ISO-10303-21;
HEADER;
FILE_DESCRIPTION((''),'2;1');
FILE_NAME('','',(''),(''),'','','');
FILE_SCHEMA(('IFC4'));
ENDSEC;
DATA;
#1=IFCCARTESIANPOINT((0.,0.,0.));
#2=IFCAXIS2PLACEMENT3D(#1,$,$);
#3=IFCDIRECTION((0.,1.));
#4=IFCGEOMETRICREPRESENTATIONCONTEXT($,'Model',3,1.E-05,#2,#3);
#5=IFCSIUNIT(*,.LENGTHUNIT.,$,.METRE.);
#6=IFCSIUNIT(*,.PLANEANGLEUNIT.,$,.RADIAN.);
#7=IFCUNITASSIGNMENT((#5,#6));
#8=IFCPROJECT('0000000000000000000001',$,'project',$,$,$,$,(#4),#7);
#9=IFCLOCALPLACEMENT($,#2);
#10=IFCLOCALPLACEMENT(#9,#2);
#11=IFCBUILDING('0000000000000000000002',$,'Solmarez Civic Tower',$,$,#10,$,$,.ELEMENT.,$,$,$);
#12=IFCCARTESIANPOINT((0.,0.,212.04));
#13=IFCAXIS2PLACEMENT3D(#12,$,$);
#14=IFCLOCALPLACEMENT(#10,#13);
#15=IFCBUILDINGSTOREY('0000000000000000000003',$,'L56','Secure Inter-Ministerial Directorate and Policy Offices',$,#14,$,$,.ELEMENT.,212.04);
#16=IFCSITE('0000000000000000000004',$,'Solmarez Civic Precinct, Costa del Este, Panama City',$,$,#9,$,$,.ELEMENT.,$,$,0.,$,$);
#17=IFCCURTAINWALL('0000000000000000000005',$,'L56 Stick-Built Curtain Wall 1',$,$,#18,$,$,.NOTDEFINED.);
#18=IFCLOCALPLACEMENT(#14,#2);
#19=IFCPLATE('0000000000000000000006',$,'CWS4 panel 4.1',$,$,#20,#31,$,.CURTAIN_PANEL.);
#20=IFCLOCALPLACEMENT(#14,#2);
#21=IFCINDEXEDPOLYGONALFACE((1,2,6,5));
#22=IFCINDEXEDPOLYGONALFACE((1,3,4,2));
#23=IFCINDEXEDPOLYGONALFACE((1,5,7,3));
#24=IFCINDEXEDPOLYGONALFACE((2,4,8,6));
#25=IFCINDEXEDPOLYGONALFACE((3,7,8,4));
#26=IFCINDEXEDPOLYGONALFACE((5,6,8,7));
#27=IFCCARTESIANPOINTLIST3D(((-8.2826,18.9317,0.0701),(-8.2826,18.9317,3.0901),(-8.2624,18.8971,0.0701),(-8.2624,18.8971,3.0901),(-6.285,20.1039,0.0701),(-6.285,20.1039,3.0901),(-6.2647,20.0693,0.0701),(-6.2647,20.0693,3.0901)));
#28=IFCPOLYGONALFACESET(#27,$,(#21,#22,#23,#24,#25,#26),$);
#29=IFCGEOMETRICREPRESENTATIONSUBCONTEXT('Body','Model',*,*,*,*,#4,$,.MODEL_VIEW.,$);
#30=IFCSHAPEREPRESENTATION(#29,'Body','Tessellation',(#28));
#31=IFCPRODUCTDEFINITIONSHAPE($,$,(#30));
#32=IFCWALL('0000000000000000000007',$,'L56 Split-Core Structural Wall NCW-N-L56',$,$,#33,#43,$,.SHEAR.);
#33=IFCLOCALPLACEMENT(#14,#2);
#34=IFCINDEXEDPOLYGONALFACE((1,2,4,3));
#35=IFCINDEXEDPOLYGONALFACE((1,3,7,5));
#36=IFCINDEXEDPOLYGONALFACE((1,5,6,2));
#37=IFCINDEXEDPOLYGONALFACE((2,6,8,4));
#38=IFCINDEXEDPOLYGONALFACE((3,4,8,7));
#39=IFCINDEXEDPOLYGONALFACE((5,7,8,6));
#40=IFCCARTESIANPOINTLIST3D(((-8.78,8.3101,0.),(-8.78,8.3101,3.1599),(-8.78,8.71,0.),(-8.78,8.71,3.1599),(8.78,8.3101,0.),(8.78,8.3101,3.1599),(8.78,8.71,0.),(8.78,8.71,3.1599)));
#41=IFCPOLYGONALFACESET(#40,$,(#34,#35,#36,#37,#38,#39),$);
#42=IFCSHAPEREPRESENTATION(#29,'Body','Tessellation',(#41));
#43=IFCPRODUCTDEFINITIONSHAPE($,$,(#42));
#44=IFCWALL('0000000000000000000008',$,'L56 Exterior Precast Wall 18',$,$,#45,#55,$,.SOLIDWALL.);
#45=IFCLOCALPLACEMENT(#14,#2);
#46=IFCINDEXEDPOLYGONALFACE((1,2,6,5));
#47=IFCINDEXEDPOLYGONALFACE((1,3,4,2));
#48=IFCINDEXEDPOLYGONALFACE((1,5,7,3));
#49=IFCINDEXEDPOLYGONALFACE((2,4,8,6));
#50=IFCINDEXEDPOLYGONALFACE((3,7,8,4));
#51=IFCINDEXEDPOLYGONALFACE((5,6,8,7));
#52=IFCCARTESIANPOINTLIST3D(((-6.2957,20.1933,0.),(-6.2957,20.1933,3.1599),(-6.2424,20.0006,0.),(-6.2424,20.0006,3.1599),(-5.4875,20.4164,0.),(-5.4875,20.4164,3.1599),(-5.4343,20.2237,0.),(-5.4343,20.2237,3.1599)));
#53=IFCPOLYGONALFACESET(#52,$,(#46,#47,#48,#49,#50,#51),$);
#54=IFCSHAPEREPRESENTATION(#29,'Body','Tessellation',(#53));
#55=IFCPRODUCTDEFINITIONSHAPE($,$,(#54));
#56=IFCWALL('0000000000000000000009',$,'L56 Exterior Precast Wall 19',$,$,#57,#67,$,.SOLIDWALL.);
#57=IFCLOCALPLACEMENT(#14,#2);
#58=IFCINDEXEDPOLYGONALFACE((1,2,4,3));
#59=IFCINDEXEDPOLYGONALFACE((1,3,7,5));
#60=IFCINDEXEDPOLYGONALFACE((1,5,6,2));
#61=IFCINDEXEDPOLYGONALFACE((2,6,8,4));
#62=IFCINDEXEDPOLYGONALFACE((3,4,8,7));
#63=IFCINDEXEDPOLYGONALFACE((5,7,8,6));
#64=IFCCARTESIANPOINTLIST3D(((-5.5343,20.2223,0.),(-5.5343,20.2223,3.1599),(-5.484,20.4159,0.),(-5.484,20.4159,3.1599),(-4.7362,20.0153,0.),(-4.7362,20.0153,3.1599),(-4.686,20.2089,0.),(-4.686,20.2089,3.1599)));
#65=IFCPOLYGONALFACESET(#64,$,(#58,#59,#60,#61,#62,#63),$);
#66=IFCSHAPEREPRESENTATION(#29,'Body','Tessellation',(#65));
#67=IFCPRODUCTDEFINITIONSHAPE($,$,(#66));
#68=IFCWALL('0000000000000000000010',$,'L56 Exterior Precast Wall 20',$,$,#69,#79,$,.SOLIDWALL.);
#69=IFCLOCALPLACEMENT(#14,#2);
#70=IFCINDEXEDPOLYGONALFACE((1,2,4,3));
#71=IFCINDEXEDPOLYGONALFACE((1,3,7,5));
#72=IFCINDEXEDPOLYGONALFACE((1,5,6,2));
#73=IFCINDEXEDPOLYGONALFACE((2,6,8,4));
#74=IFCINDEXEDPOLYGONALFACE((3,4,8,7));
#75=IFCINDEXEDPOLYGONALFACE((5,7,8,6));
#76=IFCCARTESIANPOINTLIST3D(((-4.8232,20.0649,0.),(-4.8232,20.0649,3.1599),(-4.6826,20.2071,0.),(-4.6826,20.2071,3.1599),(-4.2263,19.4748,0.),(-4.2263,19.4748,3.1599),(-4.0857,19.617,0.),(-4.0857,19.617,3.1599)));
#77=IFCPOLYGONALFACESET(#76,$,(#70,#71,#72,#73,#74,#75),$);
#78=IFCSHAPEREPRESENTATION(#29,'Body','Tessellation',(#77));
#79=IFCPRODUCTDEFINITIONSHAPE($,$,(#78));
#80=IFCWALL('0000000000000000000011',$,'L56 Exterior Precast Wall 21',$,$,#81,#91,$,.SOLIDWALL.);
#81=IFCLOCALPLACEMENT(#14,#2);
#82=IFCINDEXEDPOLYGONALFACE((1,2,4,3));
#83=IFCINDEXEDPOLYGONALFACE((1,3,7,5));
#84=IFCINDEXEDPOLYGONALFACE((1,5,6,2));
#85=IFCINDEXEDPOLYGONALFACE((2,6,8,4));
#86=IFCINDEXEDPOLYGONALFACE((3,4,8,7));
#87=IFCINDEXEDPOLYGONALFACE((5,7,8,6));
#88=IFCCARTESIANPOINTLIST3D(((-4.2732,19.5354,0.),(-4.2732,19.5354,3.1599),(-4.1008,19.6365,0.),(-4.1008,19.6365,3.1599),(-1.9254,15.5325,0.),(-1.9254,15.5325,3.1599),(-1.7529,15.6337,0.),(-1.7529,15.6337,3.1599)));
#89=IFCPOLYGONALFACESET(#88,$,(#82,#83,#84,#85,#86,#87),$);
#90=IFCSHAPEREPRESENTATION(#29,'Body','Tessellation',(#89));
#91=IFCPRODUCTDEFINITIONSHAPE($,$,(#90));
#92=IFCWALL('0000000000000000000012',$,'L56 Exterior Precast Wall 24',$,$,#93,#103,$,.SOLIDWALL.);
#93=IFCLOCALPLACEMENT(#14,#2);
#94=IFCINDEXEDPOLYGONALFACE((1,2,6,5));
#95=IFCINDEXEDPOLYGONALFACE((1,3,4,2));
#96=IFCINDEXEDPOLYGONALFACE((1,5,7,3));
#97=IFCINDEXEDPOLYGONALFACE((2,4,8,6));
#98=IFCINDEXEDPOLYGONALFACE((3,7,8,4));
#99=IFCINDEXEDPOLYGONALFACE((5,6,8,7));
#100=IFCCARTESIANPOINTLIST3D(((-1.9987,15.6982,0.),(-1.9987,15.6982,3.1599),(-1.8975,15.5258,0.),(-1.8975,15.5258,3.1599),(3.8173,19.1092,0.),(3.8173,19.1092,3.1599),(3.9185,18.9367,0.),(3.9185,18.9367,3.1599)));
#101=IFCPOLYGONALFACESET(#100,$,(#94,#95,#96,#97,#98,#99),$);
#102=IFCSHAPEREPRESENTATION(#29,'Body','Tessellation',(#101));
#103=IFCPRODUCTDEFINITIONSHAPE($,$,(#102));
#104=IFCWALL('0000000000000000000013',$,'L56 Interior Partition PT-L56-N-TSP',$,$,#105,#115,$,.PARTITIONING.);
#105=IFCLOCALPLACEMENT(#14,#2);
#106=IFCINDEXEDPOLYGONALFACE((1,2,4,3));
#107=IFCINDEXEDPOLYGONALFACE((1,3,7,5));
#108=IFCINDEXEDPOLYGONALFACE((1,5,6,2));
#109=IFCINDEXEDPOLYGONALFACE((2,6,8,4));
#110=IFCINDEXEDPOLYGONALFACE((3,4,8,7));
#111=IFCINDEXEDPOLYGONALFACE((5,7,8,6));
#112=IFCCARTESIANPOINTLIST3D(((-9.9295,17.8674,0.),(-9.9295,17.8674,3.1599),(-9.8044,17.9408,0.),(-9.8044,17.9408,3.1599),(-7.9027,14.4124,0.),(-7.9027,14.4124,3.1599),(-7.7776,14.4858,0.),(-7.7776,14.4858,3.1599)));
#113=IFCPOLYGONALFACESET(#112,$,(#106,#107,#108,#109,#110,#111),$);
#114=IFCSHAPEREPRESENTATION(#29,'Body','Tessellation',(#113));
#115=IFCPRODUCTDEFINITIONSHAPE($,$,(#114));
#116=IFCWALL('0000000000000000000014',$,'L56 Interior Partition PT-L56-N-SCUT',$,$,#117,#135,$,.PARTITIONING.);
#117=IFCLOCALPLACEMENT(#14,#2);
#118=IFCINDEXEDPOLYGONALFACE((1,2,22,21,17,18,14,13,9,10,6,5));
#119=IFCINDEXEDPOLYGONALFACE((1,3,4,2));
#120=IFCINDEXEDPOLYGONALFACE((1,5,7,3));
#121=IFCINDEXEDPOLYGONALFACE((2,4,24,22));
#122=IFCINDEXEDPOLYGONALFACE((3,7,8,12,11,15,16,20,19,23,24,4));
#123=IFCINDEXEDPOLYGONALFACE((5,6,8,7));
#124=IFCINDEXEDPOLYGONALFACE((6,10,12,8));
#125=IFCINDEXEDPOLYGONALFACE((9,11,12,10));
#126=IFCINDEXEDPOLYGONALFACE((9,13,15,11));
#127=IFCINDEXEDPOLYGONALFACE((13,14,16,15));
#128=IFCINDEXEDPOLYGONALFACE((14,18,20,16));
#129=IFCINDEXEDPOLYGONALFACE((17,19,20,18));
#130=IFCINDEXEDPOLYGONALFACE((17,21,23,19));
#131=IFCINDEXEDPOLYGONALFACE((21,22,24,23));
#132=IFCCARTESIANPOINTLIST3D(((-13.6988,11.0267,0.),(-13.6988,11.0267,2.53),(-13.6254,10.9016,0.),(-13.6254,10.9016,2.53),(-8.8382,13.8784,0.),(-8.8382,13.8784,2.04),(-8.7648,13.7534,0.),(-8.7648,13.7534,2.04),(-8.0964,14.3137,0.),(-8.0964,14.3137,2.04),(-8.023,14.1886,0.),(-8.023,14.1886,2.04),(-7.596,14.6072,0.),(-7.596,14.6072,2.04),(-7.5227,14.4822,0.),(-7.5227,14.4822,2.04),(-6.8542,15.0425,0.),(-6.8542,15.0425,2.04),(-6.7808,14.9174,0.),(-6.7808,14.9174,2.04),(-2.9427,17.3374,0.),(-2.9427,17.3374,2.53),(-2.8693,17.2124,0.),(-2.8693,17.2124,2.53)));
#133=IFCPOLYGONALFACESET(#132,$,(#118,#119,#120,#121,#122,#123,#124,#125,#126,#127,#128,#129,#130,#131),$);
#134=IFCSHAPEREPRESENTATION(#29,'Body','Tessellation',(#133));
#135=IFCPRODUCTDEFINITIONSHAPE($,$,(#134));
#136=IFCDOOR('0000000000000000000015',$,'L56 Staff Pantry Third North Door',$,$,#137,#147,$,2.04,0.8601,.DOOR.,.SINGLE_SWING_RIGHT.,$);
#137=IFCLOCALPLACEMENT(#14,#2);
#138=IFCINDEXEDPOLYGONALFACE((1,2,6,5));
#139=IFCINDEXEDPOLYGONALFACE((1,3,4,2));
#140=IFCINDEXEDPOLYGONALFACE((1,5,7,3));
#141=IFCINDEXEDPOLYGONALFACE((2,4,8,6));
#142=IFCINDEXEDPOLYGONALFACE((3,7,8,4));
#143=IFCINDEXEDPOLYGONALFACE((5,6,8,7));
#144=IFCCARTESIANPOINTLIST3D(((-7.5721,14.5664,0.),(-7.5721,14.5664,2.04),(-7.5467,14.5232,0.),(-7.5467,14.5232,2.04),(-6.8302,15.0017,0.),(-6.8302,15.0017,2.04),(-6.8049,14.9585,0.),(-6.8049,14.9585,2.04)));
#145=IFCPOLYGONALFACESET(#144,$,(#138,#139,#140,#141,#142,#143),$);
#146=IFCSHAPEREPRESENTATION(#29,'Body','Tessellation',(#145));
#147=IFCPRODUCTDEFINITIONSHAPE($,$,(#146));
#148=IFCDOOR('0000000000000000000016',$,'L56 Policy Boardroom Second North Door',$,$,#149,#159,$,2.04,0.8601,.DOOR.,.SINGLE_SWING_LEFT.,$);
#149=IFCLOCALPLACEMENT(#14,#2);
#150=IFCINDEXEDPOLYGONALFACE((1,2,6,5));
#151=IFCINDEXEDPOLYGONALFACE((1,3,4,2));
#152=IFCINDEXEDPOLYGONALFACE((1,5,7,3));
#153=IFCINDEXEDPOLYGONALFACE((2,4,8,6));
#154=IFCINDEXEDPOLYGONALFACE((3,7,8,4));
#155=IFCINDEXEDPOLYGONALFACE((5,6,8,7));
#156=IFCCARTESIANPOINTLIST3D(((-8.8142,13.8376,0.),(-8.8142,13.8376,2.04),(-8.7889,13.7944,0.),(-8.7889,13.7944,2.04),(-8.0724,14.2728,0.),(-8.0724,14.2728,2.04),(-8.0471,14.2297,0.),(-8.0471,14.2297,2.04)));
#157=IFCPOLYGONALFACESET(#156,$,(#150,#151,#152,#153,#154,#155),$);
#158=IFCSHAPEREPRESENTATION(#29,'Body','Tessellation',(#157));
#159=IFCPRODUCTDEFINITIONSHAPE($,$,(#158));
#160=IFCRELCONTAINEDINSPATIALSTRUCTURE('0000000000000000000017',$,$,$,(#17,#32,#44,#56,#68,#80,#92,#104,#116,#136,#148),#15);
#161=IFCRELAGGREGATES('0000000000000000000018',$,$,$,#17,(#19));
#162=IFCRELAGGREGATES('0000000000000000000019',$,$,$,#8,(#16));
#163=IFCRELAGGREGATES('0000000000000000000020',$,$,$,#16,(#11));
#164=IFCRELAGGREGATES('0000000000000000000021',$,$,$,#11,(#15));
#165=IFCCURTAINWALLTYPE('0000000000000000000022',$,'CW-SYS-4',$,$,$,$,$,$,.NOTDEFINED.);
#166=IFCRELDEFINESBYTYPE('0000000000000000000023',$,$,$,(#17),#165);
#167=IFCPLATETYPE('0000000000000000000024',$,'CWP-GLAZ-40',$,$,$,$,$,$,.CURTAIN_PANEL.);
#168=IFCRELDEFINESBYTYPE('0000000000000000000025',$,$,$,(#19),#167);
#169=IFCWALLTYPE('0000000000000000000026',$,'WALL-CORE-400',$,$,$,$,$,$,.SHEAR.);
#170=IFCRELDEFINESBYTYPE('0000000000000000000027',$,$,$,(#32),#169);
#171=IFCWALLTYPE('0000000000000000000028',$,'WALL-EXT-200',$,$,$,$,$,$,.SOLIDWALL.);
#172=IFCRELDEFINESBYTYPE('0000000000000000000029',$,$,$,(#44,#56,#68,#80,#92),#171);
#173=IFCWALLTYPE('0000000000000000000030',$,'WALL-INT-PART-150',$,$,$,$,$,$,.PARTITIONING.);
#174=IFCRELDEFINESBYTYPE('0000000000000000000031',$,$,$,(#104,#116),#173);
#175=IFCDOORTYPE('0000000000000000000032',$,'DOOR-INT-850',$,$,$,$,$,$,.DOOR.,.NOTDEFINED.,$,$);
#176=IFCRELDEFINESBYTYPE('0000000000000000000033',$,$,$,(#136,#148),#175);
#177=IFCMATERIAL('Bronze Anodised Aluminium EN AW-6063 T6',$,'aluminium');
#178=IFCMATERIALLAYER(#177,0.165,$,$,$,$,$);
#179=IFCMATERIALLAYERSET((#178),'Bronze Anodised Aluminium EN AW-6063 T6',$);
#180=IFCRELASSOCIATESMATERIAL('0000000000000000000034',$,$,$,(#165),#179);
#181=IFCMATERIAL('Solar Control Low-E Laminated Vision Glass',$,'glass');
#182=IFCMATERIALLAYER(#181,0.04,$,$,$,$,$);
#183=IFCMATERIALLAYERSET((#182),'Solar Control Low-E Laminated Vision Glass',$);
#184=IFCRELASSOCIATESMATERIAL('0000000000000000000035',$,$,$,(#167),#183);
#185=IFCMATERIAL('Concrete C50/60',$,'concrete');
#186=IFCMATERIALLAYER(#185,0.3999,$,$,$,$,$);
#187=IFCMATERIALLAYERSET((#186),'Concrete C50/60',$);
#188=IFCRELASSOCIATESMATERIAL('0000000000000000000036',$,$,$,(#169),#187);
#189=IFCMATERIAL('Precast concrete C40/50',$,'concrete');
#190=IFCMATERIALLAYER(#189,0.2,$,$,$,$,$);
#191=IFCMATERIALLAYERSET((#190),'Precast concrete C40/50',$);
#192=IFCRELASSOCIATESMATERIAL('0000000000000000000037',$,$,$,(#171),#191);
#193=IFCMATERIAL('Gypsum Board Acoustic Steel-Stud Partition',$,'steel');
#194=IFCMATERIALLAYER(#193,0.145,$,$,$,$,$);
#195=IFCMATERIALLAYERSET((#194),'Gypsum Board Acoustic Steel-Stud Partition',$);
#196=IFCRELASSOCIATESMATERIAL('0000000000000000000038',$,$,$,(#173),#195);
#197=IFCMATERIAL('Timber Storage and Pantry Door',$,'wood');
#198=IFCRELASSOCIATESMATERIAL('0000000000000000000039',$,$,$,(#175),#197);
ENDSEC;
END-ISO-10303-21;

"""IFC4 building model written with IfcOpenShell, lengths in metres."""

from ifc_helpers import new_model, si_unit, direction, frame, frame_2d, origin, origin_2d, place, context, subcontext, project, spatial, rectangle, extrude, material, layer, layer_set, type_object, element, fill, aggregate, save


model = new_model("IFC4")

# Units and contexts
model_context = context("Model", 3, precision=1e-05, world=origin(), true_north=direction((0.0, 1.0)))
body_context = subcontext(model_context, "Body", "Model", "MODEL_VIEW")
ifc_project = project(units=[si_unit("LENGTHUNIT", "METRE"), si_unit("PLANEANGLEUNIT", "RADIAN")], contexts=[model_context])

# Site, building, storey
site_placement = place(None, origin())
site = spatial("IfcSite", under=ifc_project, at=site_placement, Name="Solmarez Civic Precinct, Costa del Este, Panama City", CompositionType="ELEMENT", RefElevation=0.0)
building_placement = place(site_placement, origin())
building = spatial("IfcBuilding", under=site, at=building_placement, Name="Solmarez Civic Tower", CompositionType="ELEMENT")
storey_placement = place(building_placement, frame((0.0, 0.0, 212.04)))
storey = spatial("IfcBuildingStorey", under=building, at=storey_placement, Name="L56", Description="Secure Inter-Ministerial Directorate and Policy Offices", CompositionType="ELEMENT", Elevation=212.04)

# Shared definitions
ifc_material_1 = material(Name="Concrete C50/60", Category="concrete")

# Curtain wall, plate
ifc_material_2 = material(Name="Bronze Anodised Aluminium EN AW-6063 T6", Category="aluminium")
ifc_layer_1 = layer(ifc_material_2, 0.165)
ifc_layer_set_1 = layer_set([ifc_layer_1], Name="Bronze Anodised Aluminium EN AW-6063 T6")
curtain_wall_type = type_object("IfcCurtainWallType", Name="CW-SYS-4", PredefinedType="NOTDEFINED", material=ifc_layer_set_1)
curtain_wall_placement = place(storey_placement, origin())
curtain_wall = element("IfcCurtainWall", 1, at=curtain_wall_placement, inside=storey, type_object=curtain_wall_type, Name="L56 Stick-Built Curtain Wall 1", PredefinedType="NOTDEFINED")
ifc_material_3 = material(Name="Solar Control Low-E Laminated Vision Glass", Category="glass")
ifc_layer_2 = layer(ifc_material_3, 0.04)
ifc_layer_set_2 = layer_set([ifc_layer_2], Name="Solar Control Low-E Laminated Vision Glass")
plate_type = type_object("IfcPlateType", Name="CWP-GLAZ-40", PredefinedType="CURTAIN_PANEL", material=ifc_layer_set_2)
plate_placement = place(storey_placement, frame((-7.2737, 19.5005, 0.0701), z_axis=(0.0, 0.0, 1.0), x_axis=(0.862476, 0.506098, 0.0)))
plate = element("IfcPlate", 2, at=plate_placement, type_object=plate_type, Name="CWS4 panel 4.1", PredefinedType="CURTAIN_PANEL", context=body_context, shape_type="SweptSolid", body=[
    extrude(rectangle(XDim=2.3162, YDim=0.04, at=origin_2d()), origin(), (0.0, 0.0, 1.0), 3.02),
])
aggregate(curtain_wall, [plate])

# Walls
ifc_layer_3 = layer(ifc_material_1, 0.3999)
ifc_layer_set_3 = layer_set([ifc_layer_3], Name="Concrete C50/60")
wall_type_1 = type_object("IfcWallType", Name="WALL-CORE-400", PredefinedType="SHEAR", material=ifc_layer_set_3)
wall_1_placement = place(storey_placement, frame((-8.78, 8.51, 0.0), z_axis=(0.0, 0.0, 1.0), x_axis=(1.0, 0.0, 0.0)))
element("IfcWall", 3, at=wall_1_placement, inside=storey, type_object=wall_type_1, Name="L56 Split-Core Structural Wall NCW-N-L56", PredefinedType="SHEAR", context=body_context, shape_type="SweptSolid", body=[
    extrude(rectangle(XDim=17.5601, YDim=0.3999, at=frame_2d((8.78, 0.0))), origin(), (0.0, 0.0, 1.0), 3.1599),
])
ifc_material_4 = material(Name="Precast concrete C40/50", Category="concrete")
ifc_layer_4 = layer(ifc_material_4, 0.2)
ifc_layer_set_4 = layer_set([ifc_layer_4], Name="Precast concrete C40/50")
wall_type_2 = type_object("IfcWallType", Name="WALL-EXT-200", PredefinedType="SOLIDWALL", material=ifc_layer_set_4)
wall_2_placement = place(storey_placement, frame((-6.269, 20.0969, 0.0), z_axis=(0.0, 0.0, 1.0), x_axis=(0.963926, 0.266172, 0.0)))
element("IfcWall", 4, at=wall_2_placement, inside=storey, type_object=wall_type_2, Name="L56 Exterior Precast Wall 18", PredefinedType="SOLIDWALL", context=body_context, shape_type="SweptSolid", body=[
    extrude(rectangle(XDim=0.8384, YDim=0.2, at=frame_2d((0.4192, 0.0))), origin(), (0.0, 0.0, 1.0), 3.1599),
])
wall_3_placement = place(storey_placement, frame((-5.509, 20.3191, 0.0), z_axis=(0.0, 0.0, 1.0), x_axis=(0.967962, -0.251096, 0.0)))
element("IfcWall", 5, at=wall_3_placement, inside=storey, type_object=wall_type_2, Name="L56 Exterior Precast Wall 19", PredefinedType="SOLIDWALL", context=body_context, shape_type="SweptSolid", body=[
    extrude(rectangle(XDim=0.8245, YDim=0.2, at=frame_2d((0.4121, 0.0))), origin(), (0.0, 0.0, 1.0), 3.1599),
])
wall_4_placement = place(storey_placement, frame((-4.7529, 20.136, 0.0), z_axis=(0.0, 0.0, 1.0), x_axis=(0.711167, -0.703023, 0.0)))
element("IfcWall", 6, at=wall_4_placement, inside=storey, type_object=wall_type_2, Name="L56 Exterior Precast Wall 20", PredefinedType="SOLIDWALL", context=body_context, shape_type="SweptSolid", body=[
    extrude(rectangle(XDim=0.8394, YDim=0.2, at=frame_2d((0.4197, 0.0))), origin(), (0.0, 0.0, 1.0), 3.1599),
])
wall_5_placement = place(storey_placement, frame((-4.187, 19.5859, 0.0), z_axis=(0.0, 0.0, 1.0), x_axis=(0.505937, -0.862571, 0.0)))
element("IfcWall", 7, at=wall_5_placement, inside=storey, type_object=wall_type_2, Name="L56 Exterior Precast Wall 21", PredefinedType="SOLIDWALL", context=body_context, shape_type="SweptSolid", body=[
    extrude(rectangle(XDim=4.6406, YDim=0.2, at=frame_2d((2.3203, 0.0))), origin(), (0.0, 0.0, 1.0), 3.1599),
])
wall_6_placement = place(storey_placement, frame((-1.948, 15.6121, 0.0), z_axis=(0.0, 0.0, 1.0), x_axis=(0.862597, 0.505891, 0.0)))
element("IfcWall", 8, at=wall_6_placement, inside=storey, type_object=wall_type_2, Name="L56 Exterior Precast Wall 24", PredefinedType="SOLIDWALL", context=body_context, shape_type="SweptSolid", body=[
    extrude(rectangle(XDim=6.7424, YDim=0.2, at=frame_2d((3.3711, 0.0))), origin(), (0.0, 0.0, 1.0), 3.1599),
])
ifc_material_5 = material(Name="Gypsum Board Acoustic Steel-Stud Partition", Category="steel")
ifc_layer_5 = layer(ifc_material_5, 0.145)
ifc_layer_set_5 = layer_set([ifc_layer_5], Name="Gypsum Board Acoustic Steel-Stud Partition")
wall_type_3 = type_object("IfcWallType", Name="WALL-INT-PART-150", PredefinedType="PARTITIONING", material=ifc_layer_set_5)
wall_7_placement = place(storey_placement, frame((-7.8401, 14.449, 0.0), z_axis=(0.0, 0.0, 1.0), x_axis=(-0.505992, 0.862538, 0.0)))
element("IfcWall", 9, at=wall_7_placement, inside=storey, type_object=wall_type_3, Name="L56 Interior Partition PT-L56-N-TSP", PredefinedType="PARTITIONING", context=body_context, shape_type="SweptSolid", body=[
    extrude(rectangle(XDim=4.0056, YDim=0.145, at=frame_2d((2.0029, 0.0))), origin(), (0.0, 0.0, 1.0), 3.1599),
])

# Wall, openings, doors
wall_8_placement = place(storey_placement, frame((-2.906, 17.2749, 0.0), z_axis=(0.0, 0.0, 1.0), x_axis=(-0.862506, -0.506047, 0.0)))
wall_8 = element("IfcWall", 10, at=wall_8_placement, inside=storey, type_object=wall_type_3, Name="L56 Interior Partition PT-L56-N-SCUT", PredefinedType="PARTITIONING", context=body_context, shape_type="SweptSolid", body=[
    extrude(rectangle(XDim=12.4707, YDim=0.145, at=frame_2d((6.2354, 0.0))), origin(), (0.0, 0.0, 1.0), 2.53),
])
opening_1_placement = place(wall_8_placement, frame((4.5349, 0.0, 0.0)))
opening_1 = element("IfcOpeningElement", 11, at=opening_1_placement, cuts=wall_8, PredefinedType="OPENING", context=body_context, shape_type="SweptSolid", body=[
    extrude(rectangle(XDim=0.8601, YDim=2.04, at=frame_2d((0.4302, 1.02))), frame((0.0, 0.0825, 0.0), z_axis=(0.0, -1.0, 0.0), x_axis=(1.0, 0.0, 0.0)), (0.0, 0.0, 1.0), 0.165),
])
opening_2_placement = place(wall_8_placement, frame((5.9751, 0.0, 0.0)))
opening_2 = element("IfcOpeningElement", 12, at=opening_2_placement, cuts=wall_8, PredefinedType="OPENING", context=body_context, shape_type="SweptSolid", body=[
    extrude(rectangle(XDim=0.8601, YDim=2.04, at=frame_2d((0.4302, 1.02))), frame((0.0, 0.0825, 0.0), z_axis=(0.0, -1.0, 0.0), x_axis=(1.0, 0.0, 0.0)), (0.0, 0.0, 1.0), 0.165),
])
ifc_material_6 = material(Name="Timber Storage and Pantry Door", Category="wood")
door_type = type_object("IfcDoorType", Name="DOOR-INT-850", OperationType="NOTDEFINED", PredefinedType="DOOR", material=ifc_material_6)
door_1_placement = place(opening_1_placement, origin())
door_1 = element("IfcDoor", 13, at=door_1_placement, inside=storey, type_object=door_type, Name="L56 Staff Pantry Third North Door", OperationType="SINGLE_SWING_RIGHT", OverallHeight=2.04, OverallWidth=0.8601, PredefinedType="DOOR", context=body_context, shape_type="SweptSolid", body=[
    extrude(rectangle(XDim=0.8601, YDim=2.04, at=frame_2d((0.4302, 1.02))), frame((0.0, 0.0249, 0.0), z_axis=(0.0, -1.0, 0.0), x_axis=(1.0, 0.0, 0.0)), (0.0, 0.0, 1.0), 0.05),
])
fill(opening_1, door_1)
door_2_placement = place(opening_2_placement, origin())
door_2 = element("IfcDoor", 14, at=door_2_placement, inside=storey, type_object=door_type, Name="L56 Policy Boardroom Second North Door", OperationType="SINGLE_SWING_LEFT", OverallHeight=2.04, OverallWidth=0.8601, PredefinedType="DOOR", context=body_context, shape_type="SweptSolid", body=[
    extrude(rectangle(XDim=0.8601, YDim=2.04, at=frame_2d((0.4302, 1.02))), frame((0.0, 0.0249, 0.0), z_axis=(0.0, -1.0, 0.0), x_axis=(1.0, 0.0, 0.0)), (0.0, 0.0, 1.0), 0.05),
])
fill(opening_2, door_2)

save(model, "model.ifc")
